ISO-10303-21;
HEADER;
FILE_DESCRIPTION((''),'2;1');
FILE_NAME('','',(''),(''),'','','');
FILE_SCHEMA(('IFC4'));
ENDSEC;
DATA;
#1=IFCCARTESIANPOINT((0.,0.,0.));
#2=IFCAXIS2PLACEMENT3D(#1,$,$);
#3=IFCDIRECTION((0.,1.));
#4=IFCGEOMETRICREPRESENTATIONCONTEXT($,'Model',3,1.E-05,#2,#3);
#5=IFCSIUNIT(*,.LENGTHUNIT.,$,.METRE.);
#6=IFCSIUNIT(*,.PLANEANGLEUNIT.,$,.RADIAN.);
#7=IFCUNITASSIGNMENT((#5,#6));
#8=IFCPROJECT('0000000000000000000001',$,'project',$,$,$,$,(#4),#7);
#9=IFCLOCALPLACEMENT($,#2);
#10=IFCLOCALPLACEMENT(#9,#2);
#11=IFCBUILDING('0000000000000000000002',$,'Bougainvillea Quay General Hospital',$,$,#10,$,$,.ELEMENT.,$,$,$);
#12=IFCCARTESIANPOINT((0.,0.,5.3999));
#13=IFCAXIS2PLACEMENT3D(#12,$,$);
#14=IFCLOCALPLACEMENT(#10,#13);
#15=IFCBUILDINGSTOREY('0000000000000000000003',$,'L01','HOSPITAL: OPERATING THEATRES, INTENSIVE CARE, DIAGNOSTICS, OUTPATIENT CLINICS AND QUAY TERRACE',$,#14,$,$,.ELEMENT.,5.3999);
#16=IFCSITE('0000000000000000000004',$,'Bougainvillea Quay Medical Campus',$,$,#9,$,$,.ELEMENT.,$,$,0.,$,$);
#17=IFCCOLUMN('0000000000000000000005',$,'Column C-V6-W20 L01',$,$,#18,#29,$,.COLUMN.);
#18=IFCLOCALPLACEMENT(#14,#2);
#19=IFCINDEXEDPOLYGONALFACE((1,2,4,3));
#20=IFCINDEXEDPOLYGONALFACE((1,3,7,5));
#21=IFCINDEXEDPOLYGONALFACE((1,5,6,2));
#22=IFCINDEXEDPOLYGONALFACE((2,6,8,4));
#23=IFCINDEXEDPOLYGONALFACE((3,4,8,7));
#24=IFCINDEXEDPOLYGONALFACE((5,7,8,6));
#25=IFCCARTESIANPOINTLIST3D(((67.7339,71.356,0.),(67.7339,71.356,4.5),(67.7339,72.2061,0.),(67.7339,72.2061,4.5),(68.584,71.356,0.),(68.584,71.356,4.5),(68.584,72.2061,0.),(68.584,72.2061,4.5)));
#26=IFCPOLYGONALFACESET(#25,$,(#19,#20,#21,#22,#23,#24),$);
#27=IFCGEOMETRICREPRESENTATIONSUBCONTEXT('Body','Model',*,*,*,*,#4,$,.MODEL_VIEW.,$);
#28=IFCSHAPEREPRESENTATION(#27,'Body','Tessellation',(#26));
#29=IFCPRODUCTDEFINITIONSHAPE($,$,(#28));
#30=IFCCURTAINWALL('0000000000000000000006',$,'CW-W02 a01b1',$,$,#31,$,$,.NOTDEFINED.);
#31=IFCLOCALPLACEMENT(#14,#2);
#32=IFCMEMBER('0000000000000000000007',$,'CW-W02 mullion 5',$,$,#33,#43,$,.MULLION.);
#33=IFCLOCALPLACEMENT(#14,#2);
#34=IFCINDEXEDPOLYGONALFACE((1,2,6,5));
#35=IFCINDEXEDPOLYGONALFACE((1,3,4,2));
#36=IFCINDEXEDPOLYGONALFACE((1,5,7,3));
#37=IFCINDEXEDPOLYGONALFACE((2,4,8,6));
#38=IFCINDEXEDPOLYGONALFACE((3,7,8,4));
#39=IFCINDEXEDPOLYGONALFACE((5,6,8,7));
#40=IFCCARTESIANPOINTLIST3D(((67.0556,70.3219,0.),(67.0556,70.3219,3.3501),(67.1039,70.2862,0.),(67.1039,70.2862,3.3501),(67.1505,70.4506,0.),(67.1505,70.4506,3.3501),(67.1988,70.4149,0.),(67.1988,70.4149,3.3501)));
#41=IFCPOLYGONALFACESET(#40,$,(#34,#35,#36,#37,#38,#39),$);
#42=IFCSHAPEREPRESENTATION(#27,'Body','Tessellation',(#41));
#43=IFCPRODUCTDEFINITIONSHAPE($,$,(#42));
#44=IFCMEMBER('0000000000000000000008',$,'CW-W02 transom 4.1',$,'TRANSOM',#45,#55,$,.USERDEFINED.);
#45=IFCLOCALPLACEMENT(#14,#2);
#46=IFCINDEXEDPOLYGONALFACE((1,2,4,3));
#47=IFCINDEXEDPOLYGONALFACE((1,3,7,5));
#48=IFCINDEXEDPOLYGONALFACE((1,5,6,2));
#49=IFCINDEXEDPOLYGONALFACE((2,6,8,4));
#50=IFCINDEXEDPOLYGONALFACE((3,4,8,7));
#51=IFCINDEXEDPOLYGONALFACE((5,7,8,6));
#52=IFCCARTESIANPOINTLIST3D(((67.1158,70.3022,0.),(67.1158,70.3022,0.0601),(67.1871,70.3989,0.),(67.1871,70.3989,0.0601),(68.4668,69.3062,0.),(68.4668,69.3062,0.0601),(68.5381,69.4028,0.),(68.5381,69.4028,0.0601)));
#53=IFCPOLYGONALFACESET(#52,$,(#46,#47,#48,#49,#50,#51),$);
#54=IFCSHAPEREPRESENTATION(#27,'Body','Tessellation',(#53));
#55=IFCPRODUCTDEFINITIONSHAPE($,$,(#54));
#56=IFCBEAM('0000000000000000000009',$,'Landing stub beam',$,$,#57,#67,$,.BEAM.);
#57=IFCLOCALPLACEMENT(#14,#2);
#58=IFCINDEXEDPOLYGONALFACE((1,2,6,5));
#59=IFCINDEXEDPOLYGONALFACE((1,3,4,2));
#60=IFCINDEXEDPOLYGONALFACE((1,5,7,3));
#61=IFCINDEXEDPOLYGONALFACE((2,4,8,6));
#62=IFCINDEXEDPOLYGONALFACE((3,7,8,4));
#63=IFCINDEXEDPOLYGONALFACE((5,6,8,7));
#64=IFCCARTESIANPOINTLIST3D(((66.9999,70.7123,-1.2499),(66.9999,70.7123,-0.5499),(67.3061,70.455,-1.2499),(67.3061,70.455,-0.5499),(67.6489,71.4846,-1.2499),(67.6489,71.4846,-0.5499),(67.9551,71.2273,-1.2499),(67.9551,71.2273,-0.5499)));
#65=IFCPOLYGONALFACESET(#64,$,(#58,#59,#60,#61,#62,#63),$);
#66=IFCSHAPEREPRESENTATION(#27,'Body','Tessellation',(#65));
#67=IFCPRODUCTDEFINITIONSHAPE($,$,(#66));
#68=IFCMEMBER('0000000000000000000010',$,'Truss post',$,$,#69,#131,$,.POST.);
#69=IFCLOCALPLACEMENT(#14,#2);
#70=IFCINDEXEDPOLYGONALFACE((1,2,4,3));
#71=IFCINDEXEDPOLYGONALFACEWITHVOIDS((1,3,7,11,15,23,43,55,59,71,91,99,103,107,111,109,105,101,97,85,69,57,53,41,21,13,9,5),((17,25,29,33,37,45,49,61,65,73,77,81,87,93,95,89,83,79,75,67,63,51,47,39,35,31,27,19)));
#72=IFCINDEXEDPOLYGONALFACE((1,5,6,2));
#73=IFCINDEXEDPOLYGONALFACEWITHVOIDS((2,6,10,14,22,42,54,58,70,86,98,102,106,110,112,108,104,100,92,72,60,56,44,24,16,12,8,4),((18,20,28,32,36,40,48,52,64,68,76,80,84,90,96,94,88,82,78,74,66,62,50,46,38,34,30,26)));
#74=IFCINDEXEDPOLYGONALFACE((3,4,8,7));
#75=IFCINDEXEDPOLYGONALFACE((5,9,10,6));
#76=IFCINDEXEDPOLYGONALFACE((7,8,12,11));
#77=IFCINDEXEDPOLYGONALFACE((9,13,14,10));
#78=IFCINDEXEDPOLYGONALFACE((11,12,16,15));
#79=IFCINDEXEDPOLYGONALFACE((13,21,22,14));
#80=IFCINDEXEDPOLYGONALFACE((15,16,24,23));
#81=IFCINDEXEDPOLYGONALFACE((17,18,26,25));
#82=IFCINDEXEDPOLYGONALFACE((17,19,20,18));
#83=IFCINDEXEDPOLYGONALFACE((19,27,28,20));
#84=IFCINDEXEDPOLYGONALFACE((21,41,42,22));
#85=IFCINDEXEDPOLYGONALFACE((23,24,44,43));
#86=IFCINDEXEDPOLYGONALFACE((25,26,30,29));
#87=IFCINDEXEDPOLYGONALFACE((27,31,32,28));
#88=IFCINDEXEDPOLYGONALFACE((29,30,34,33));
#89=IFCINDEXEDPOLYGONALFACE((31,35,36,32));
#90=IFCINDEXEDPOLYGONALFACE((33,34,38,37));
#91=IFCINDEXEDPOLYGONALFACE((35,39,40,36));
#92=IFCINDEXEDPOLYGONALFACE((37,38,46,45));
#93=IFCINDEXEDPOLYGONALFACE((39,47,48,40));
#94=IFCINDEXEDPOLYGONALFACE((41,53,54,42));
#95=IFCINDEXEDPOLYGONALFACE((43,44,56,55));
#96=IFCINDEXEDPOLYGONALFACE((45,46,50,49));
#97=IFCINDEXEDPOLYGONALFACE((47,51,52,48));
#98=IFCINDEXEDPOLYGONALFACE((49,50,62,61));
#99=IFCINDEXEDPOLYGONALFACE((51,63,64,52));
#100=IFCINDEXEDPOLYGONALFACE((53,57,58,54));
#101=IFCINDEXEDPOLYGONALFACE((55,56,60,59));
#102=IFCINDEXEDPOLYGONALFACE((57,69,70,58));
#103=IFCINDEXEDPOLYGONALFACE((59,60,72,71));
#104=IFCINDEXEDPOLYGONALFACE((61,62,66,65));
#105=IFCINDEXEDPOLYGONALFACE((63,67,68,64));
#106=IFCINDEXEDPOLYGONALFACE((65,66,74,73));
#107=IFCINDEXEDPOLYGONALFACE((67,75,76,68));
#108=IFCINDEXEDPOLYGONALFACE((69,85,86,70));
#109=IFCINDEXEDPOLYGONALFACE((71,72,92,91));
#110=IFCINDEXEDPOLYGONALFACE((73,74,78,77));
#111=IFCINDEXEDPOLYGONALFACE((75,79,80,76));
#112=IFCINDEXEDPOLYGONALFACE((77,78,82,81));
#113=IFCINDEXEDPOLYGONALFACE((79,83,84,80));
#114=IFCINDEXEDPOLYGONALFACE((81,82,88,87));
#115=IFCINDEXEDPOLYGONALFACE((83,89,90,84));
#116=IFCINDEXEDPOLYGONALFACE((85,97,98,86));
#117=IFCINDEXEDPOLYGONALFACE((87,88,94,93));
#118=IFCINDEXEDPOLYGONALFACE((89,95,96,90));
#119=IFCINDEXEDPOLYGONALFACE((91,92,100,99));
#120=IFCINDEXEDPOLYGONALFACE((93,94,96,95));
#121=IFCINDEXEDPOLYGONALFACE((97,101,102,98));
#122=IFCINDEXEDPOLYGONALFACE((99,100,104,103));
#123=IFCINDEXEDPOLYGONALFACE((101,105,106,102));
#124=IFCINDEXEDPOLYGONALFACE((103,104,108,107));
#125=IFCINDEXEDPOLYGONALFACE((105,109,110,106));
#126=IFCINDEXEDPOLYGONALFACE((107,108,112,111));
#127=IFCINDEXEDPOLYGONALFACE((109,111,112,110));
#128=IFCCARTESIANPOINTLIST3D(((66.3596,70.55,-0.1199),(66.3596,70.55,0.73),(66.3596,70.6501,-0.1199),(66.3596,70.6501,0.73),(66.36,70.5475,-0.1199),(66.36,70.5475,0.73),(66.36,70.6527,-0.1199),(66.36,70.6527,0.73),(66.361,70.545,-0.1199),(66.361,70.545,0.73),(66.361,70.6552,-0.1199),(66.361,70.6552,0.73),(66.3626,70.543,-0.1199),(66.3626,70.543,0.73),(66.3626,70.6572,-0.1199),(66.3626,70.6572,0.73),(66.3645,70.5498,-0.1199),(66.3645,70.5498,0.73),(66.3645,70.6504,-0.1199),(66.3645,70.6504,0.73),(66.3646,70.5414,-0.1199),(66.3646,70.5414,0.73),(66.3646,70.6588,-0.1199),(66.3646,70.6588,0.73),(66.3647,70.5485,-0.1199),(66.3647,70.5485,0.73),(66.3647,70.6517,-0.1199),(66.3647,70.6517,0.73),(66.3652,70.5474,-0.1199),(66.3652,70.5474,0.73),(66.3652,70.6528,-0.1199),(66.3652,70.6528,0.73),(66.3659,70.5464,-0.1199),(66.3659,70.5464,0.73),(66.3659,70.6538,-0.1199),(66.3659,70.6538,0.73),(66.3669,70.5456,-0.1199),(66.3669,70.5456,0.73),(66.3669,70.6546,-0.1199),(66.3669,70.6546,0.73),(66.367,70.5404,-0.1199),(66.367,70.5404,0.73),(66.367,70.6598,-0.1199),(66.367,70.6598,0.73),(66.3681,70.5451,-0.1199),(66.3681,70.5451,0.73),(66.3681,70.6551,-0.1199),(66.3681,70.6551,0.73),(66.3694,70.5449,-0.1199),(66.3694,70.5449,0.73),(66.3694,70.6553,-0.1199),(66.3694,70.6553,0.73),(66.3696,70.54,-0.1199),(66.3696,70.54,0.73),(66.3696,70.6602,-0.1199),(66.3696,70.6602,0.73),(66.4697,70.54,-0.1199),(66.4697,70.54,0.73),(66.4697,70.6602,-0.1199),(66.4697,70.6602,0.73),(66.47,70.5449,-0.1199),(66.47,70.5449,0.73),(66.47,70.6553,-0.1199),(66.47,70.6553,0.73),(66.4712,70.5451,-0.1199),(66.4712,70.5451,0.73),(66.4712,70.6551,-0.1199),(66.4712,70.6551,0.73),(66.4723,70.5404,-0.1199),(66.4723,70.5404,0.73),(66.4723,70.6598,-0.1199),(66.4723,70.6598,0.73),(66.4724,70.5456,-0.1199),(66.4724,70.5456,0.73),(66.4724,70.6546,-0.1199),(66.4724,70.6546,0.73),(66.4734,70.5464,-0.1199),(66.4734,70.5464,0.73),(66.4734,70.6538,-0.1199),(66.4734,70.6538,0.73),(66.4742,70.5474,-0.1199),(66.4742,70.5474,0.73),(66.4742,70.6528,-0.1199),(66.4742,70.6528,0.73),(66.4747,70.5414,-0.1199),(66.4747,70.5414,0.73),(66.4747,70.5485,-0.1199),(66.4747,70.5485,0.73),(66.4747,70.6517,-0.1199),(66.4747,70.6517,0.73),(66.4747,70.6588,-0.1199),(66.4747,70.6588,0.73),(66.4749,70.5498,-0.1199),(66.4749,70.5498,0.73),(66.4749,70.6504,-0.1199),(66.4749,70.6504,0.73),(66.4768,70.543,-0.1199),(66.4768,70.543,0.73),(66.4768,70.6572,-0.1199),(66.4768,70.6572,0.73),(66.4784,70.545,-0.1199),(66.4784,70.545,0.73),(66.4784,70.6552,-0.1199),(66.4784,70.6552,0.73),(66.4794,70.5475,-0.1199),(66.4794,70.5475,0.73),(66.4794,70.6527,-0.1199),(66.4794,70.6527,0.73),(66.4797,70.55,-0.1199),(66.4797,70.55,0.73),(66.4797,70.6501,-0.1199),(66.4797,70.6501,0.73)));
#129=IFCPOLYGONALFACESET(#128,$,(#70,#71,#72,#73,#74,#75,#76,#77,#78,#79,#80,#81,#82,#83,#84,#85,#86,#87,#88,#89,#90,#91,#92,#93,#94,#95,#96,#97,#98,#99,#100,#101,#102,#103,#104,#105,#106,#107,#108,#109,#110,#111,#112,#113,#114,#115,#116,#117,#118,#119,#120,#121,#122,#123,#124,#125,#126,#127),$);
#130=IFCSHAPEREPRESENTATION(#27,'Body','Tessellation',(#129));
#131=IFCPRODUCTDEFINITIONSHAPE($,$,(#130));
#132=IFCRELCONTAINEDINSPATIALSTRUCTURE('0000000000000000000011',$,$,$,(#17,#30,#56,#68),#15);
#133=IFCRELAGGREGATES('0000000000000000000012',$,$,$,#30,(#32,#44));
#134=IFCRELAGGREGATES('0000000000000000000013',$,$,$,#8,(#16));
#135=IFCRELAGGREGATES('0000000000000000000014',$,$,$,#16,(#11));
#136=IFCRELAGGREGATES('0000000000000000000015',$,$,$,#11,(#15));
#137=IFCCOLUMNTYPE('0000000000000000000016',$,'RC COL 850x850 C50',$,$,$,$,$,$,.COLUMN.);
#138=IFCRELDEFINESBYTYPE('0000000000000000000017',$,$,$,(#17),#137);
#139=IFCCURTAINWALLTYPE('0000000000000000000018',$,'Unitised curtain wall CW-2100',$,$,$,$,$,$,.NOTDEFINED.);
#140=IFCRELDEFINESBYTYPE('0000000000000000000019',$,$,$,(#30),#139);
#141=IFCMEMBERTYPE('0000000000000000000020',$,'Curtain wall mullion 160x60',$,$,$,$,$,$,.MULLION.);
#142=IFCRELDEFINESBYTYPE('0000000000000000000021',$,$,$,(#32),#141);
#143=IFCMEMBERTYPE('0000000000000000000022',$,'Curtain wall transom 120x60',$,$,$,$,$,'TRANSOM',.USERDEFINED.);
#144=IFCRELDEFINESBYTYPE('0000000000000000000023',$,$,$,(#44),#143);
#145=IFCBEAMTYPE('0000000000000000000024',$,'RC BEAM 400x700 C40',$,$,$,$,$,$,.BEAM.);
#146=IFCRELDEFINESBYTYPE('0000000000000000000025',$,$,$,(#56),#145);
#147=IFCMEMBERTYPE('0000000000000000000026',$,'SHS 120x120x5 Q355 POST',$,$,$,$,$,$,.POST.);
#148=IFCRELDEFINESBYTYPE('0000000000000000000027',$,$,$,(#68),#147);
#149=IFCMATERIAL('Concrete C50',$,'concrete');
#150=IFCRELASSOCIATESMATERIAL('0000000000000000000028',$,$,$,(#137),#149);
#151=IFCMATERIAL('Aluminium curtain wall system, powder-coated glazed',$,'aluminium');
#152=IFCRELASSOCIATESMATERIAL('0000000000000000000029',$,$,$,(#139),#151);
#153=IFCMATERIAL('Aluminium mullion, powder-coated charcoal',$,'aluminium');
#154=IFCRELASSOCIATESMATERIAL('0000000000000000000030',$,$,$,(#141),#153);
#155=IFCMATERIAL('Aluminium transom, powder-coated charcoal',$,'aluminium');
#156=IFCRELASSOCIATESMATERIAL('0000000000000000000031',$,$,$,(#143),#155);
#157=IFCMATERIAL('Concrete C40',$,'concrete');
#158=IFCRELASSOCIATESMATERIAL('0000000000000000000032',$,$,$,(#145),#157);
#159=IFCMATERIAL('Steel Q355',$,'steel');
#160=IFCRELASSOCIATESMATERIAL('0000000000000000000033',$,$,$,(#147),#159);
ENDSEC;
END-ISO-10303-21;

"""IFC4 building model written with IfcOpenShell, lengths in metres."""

from ifc_helpers import new_model, si_unit, direction, frame, origin, origin_2d, place, context, subcontext, project, spatial, rectangle, hollow_rectangle, extrude, material, material_profile, profile_set, type_object, element, aggregate, save


model = new_model("IFC4")

# Units and contexts
model_context = context("Model", 3, precision=1e-05, world=origin(), true_north=direction((0.0, 1.0)))
body_context = subcontext(model_context, "Body", "Model", "MODEL_VIEW")
ifc_project = project(units=[si_unit("LENGTHUNIT", "METRE"), si_unit("PLANEANGLEUNIT", "RADIAN")], contexts=[model_context])

# Site, building, storey
site_placement = place(None, origin())
site = spatial("IfcSite", under=ifc_project, at=site_placement, Name="Bougainvillea Quay Medical Campus", CompositionType="ELEMENT", RefElevation=0.0)
building_placement = place(site_placement, origin())
building = spatial("IfcBuilding", under=site, at=building_placement, Name="Bougainvillea Quay General Hospital", CompositionType="ELEMENT")
storey_placement = place(building_placement, frame((0.0, 0.0, 5.3999)))
storey = spatial("IfcBuildingStorey", under=building, at=storey_placement, Name="L01", Description="HOSPITAL: OPERATING THEATRES, INTENSIVE CARE, DIAGNOSTICS, OUTPATIENT CLINICS AND QUAY TERRACE", CompositionType="ELEMENT", Elevation=5.3999)

# Column
ifc_material_1 = material(Name="Concrete C50", Category="concrete")
ifc_material_profile_1 = material_profile(ifc_material_1, rectangle(XDim=0.8501, YDim=0.8501, at=origin_2d()))
ifc_profile_set_1 = profile_set([ifc_material_profile_1], Name="Concrete C50")
column_type = type_object("IfcColumnType", Name="RC COL 850x850 C50", PredefinedType="COLUMN", material=ifc_profile_set_1)
column_placement = place(storey_placement, frame((68.1589, 71.781, 0.0), z_axis=(0.0, 0.0, 1.0), x_axis=(1.0, 0.0, 0.0)))
element("IfcColumn", 1, at=column_placement, inside=storey, type_object=column_type, Name="Column C-V6-W20 L01", PredefinedType="COLUMN", context=body_context, shape_type="SweptSolid", body=[
    extrude(rectangle(XDim=0.8501, YDim=0.8501, at=origin_2d()), origin(), (0.0, 0.0, 1.0), 4.5),
])

# Curtain wall, members
ifc_material_2 = material(Name="Aluminium curtain wall system, powder-coated glazed", Category="aluminium")
curtain_wall_type = type_object("IfcCurtainWallType", Name="Unitised curtain wall CW-2100", PredefinedType="NOTDEFINED", material=ifc_material_2)
curtain_wall_placement = place(storey_placement, origin())
curtain_wall = element("IfcCurtainWall", 2, at=curtain_wall_placement, inside=storey, type_object=curtain_wall_type, Name="CW-W02 a01b1", PredefinedType="NOTDEFINED")
ifc_material_3 = material(Name="Aluminium mullion, powder-coated charcoal", Category="aluminium")
ifc_material_profile_2 = material_profile(ifc_material_3, rectangle(XDim=0.1599, YDim=0.0601, at=origin_2d()))
ifc_profile_set_2 = profile_set([ifc_material_profile_2], Name="Aluminium mullion, powder-coated charcoal")
member_type_1 = type_object("IfcMemberType", Name="Curtain wall mullion 160x60", PredefinedType="MULLION", material=ifc_profile_set_2)
member_1_placement = place(storey_placement, frame((67.1272, 70.3684, 0.0), z_axis=(0.0, 0.0, 1.0), x_axis=(-0.593384, -0.80492, 0.0)))
member_1 = element("IfcMember", 3, at=member_1_placement, type_object=member_type_1, Name="CW-W02 mullion 5", PredefinedType="MULLION", context=body_context, shape_type="SweptSolid", body=[
    extrude(rectangle(XDim=0.1599, YDim=0.0601, at=origin_2d()), origin(), (0.0, 0.0, 1.0), 3.3501),
])
ifc_material_4 = material(Name="Aluminium transom, powder-coated charcoal", Category="aluminium")
ifc_material_profile_3 = material_profile(ifc_material_4, rectangle(XDim=0.1201, YDim=0.0601, at=origin_2d()))
ifc_profile_set_3 = profile_set([ifc_material_profile_3], Name="Aluminium transom, powder-coated charcoal")
member_type_2 = type_object("IfcMemberType", Name="Curtain wall transom 120x60", ElementType="TRANSOM", PredefinedType="USERDEFINED", material=ifc_profile_set_3)
member_2_placement = place(storey_placement, frame((68.5024, 69.3545, 0.03), z_axis=(-0.804895, 0.593417, 0.0), x_axis=(-0.593417, -0.804895, 0.0)))
member_2 = element("IfcMember", 4, at=member_2_placement, type_object=member_type_2, Name="CW-W02 transom 4.1", ObjectType="TRANSOM", PredefinedType="USERDEFINED", context=body_context, shape_type="SweptSolid", body=[
    extrude(rectangle(XDim=0.1201, YDim=0.0601, at=origin_2d()), origin(), (0.0, 0.0, 1.0), 1.6785),
])

# Beam
ifc_material_5 = material(Name="Concrete C40", Category="concrete")
ifc_material_profile_4 = material_profile(ifc_material_5, rectangle(XDim=0.3999, YDim=0.7, at=origin_2d()))
ifc_profile_set_4 = profile_set([ifc_material_profile_4], Name="Concrete C40")
beam_type = type_object("IfcBeamType", Name="RC BEAM 400x700 C40", PredefinedType="BEAM", material=ifc_profile_set_4)
beam_placement = place(storey_placement, frame((67.802, 71.356, -0.8999), z_axis=(-0.643345, -0.765576, 0.0), x_axis=(0.765576, -0.643345, 0.0)))
element("IfcBeam", 5, at=beam_placement, inside=storey, type_object=beam_type, Name="Landing stub beam", PredefinedType="BEAM", context=body_context, shape_type="SweptSolid", body=[
    extrude(rectangle(XDim=0.3999, YDim=0.7, at=origin_2d()), origin(), (0.0, 0.0, 1.0), 1.0088),
])

# Member
ifc_material_6 = material(Name="Steel Q355", Category="steel")
ifc_material_profile_5 = material_profile(ifc_material_6, hollow_rectangle(XDim=0.1201, YDim=0.1201, WallThickness=0.0049, InnerFilletRadius=0.0049, OuterFilletRadius=0.01, at=origin_2d()))
ifc_profile_set_5 = profile_set([ifc_material_profile_5], Name="Steel Q355")
member_type_3 = type_object("IfcMemberType", Name="SHS 120x120x5 Q355 POST", PredefinedType="POST", material=ifc_profile_set_5)
member_3_placement = place(storey_placement, frame((66.4197, 70.6001, -0.1199), z_axis=(0.0, 0.0, 1.0), x_axis=(1.0, 0.0, 0.0)))
element("IfcMember", 6, at=member_3_placement, inside=storey, type_object=member_type_3, Name="Truss post", PredefinedType="POST", context=body_context, shape_type="SweptSolid", body=[
    extrude(hollow_rectangle(XDim=0.1201, YDim=0.1201, WallThickness=0.0049, InnerFilletRadius=0.0049, OuterFilletRadius=0.01, at=origin_2d()), origin(), (0.0, 0.0, 1.0), 0.8499),
])

aggregate(curtain_wall, [member_1, member_2])

save(model, "model.ifc")
